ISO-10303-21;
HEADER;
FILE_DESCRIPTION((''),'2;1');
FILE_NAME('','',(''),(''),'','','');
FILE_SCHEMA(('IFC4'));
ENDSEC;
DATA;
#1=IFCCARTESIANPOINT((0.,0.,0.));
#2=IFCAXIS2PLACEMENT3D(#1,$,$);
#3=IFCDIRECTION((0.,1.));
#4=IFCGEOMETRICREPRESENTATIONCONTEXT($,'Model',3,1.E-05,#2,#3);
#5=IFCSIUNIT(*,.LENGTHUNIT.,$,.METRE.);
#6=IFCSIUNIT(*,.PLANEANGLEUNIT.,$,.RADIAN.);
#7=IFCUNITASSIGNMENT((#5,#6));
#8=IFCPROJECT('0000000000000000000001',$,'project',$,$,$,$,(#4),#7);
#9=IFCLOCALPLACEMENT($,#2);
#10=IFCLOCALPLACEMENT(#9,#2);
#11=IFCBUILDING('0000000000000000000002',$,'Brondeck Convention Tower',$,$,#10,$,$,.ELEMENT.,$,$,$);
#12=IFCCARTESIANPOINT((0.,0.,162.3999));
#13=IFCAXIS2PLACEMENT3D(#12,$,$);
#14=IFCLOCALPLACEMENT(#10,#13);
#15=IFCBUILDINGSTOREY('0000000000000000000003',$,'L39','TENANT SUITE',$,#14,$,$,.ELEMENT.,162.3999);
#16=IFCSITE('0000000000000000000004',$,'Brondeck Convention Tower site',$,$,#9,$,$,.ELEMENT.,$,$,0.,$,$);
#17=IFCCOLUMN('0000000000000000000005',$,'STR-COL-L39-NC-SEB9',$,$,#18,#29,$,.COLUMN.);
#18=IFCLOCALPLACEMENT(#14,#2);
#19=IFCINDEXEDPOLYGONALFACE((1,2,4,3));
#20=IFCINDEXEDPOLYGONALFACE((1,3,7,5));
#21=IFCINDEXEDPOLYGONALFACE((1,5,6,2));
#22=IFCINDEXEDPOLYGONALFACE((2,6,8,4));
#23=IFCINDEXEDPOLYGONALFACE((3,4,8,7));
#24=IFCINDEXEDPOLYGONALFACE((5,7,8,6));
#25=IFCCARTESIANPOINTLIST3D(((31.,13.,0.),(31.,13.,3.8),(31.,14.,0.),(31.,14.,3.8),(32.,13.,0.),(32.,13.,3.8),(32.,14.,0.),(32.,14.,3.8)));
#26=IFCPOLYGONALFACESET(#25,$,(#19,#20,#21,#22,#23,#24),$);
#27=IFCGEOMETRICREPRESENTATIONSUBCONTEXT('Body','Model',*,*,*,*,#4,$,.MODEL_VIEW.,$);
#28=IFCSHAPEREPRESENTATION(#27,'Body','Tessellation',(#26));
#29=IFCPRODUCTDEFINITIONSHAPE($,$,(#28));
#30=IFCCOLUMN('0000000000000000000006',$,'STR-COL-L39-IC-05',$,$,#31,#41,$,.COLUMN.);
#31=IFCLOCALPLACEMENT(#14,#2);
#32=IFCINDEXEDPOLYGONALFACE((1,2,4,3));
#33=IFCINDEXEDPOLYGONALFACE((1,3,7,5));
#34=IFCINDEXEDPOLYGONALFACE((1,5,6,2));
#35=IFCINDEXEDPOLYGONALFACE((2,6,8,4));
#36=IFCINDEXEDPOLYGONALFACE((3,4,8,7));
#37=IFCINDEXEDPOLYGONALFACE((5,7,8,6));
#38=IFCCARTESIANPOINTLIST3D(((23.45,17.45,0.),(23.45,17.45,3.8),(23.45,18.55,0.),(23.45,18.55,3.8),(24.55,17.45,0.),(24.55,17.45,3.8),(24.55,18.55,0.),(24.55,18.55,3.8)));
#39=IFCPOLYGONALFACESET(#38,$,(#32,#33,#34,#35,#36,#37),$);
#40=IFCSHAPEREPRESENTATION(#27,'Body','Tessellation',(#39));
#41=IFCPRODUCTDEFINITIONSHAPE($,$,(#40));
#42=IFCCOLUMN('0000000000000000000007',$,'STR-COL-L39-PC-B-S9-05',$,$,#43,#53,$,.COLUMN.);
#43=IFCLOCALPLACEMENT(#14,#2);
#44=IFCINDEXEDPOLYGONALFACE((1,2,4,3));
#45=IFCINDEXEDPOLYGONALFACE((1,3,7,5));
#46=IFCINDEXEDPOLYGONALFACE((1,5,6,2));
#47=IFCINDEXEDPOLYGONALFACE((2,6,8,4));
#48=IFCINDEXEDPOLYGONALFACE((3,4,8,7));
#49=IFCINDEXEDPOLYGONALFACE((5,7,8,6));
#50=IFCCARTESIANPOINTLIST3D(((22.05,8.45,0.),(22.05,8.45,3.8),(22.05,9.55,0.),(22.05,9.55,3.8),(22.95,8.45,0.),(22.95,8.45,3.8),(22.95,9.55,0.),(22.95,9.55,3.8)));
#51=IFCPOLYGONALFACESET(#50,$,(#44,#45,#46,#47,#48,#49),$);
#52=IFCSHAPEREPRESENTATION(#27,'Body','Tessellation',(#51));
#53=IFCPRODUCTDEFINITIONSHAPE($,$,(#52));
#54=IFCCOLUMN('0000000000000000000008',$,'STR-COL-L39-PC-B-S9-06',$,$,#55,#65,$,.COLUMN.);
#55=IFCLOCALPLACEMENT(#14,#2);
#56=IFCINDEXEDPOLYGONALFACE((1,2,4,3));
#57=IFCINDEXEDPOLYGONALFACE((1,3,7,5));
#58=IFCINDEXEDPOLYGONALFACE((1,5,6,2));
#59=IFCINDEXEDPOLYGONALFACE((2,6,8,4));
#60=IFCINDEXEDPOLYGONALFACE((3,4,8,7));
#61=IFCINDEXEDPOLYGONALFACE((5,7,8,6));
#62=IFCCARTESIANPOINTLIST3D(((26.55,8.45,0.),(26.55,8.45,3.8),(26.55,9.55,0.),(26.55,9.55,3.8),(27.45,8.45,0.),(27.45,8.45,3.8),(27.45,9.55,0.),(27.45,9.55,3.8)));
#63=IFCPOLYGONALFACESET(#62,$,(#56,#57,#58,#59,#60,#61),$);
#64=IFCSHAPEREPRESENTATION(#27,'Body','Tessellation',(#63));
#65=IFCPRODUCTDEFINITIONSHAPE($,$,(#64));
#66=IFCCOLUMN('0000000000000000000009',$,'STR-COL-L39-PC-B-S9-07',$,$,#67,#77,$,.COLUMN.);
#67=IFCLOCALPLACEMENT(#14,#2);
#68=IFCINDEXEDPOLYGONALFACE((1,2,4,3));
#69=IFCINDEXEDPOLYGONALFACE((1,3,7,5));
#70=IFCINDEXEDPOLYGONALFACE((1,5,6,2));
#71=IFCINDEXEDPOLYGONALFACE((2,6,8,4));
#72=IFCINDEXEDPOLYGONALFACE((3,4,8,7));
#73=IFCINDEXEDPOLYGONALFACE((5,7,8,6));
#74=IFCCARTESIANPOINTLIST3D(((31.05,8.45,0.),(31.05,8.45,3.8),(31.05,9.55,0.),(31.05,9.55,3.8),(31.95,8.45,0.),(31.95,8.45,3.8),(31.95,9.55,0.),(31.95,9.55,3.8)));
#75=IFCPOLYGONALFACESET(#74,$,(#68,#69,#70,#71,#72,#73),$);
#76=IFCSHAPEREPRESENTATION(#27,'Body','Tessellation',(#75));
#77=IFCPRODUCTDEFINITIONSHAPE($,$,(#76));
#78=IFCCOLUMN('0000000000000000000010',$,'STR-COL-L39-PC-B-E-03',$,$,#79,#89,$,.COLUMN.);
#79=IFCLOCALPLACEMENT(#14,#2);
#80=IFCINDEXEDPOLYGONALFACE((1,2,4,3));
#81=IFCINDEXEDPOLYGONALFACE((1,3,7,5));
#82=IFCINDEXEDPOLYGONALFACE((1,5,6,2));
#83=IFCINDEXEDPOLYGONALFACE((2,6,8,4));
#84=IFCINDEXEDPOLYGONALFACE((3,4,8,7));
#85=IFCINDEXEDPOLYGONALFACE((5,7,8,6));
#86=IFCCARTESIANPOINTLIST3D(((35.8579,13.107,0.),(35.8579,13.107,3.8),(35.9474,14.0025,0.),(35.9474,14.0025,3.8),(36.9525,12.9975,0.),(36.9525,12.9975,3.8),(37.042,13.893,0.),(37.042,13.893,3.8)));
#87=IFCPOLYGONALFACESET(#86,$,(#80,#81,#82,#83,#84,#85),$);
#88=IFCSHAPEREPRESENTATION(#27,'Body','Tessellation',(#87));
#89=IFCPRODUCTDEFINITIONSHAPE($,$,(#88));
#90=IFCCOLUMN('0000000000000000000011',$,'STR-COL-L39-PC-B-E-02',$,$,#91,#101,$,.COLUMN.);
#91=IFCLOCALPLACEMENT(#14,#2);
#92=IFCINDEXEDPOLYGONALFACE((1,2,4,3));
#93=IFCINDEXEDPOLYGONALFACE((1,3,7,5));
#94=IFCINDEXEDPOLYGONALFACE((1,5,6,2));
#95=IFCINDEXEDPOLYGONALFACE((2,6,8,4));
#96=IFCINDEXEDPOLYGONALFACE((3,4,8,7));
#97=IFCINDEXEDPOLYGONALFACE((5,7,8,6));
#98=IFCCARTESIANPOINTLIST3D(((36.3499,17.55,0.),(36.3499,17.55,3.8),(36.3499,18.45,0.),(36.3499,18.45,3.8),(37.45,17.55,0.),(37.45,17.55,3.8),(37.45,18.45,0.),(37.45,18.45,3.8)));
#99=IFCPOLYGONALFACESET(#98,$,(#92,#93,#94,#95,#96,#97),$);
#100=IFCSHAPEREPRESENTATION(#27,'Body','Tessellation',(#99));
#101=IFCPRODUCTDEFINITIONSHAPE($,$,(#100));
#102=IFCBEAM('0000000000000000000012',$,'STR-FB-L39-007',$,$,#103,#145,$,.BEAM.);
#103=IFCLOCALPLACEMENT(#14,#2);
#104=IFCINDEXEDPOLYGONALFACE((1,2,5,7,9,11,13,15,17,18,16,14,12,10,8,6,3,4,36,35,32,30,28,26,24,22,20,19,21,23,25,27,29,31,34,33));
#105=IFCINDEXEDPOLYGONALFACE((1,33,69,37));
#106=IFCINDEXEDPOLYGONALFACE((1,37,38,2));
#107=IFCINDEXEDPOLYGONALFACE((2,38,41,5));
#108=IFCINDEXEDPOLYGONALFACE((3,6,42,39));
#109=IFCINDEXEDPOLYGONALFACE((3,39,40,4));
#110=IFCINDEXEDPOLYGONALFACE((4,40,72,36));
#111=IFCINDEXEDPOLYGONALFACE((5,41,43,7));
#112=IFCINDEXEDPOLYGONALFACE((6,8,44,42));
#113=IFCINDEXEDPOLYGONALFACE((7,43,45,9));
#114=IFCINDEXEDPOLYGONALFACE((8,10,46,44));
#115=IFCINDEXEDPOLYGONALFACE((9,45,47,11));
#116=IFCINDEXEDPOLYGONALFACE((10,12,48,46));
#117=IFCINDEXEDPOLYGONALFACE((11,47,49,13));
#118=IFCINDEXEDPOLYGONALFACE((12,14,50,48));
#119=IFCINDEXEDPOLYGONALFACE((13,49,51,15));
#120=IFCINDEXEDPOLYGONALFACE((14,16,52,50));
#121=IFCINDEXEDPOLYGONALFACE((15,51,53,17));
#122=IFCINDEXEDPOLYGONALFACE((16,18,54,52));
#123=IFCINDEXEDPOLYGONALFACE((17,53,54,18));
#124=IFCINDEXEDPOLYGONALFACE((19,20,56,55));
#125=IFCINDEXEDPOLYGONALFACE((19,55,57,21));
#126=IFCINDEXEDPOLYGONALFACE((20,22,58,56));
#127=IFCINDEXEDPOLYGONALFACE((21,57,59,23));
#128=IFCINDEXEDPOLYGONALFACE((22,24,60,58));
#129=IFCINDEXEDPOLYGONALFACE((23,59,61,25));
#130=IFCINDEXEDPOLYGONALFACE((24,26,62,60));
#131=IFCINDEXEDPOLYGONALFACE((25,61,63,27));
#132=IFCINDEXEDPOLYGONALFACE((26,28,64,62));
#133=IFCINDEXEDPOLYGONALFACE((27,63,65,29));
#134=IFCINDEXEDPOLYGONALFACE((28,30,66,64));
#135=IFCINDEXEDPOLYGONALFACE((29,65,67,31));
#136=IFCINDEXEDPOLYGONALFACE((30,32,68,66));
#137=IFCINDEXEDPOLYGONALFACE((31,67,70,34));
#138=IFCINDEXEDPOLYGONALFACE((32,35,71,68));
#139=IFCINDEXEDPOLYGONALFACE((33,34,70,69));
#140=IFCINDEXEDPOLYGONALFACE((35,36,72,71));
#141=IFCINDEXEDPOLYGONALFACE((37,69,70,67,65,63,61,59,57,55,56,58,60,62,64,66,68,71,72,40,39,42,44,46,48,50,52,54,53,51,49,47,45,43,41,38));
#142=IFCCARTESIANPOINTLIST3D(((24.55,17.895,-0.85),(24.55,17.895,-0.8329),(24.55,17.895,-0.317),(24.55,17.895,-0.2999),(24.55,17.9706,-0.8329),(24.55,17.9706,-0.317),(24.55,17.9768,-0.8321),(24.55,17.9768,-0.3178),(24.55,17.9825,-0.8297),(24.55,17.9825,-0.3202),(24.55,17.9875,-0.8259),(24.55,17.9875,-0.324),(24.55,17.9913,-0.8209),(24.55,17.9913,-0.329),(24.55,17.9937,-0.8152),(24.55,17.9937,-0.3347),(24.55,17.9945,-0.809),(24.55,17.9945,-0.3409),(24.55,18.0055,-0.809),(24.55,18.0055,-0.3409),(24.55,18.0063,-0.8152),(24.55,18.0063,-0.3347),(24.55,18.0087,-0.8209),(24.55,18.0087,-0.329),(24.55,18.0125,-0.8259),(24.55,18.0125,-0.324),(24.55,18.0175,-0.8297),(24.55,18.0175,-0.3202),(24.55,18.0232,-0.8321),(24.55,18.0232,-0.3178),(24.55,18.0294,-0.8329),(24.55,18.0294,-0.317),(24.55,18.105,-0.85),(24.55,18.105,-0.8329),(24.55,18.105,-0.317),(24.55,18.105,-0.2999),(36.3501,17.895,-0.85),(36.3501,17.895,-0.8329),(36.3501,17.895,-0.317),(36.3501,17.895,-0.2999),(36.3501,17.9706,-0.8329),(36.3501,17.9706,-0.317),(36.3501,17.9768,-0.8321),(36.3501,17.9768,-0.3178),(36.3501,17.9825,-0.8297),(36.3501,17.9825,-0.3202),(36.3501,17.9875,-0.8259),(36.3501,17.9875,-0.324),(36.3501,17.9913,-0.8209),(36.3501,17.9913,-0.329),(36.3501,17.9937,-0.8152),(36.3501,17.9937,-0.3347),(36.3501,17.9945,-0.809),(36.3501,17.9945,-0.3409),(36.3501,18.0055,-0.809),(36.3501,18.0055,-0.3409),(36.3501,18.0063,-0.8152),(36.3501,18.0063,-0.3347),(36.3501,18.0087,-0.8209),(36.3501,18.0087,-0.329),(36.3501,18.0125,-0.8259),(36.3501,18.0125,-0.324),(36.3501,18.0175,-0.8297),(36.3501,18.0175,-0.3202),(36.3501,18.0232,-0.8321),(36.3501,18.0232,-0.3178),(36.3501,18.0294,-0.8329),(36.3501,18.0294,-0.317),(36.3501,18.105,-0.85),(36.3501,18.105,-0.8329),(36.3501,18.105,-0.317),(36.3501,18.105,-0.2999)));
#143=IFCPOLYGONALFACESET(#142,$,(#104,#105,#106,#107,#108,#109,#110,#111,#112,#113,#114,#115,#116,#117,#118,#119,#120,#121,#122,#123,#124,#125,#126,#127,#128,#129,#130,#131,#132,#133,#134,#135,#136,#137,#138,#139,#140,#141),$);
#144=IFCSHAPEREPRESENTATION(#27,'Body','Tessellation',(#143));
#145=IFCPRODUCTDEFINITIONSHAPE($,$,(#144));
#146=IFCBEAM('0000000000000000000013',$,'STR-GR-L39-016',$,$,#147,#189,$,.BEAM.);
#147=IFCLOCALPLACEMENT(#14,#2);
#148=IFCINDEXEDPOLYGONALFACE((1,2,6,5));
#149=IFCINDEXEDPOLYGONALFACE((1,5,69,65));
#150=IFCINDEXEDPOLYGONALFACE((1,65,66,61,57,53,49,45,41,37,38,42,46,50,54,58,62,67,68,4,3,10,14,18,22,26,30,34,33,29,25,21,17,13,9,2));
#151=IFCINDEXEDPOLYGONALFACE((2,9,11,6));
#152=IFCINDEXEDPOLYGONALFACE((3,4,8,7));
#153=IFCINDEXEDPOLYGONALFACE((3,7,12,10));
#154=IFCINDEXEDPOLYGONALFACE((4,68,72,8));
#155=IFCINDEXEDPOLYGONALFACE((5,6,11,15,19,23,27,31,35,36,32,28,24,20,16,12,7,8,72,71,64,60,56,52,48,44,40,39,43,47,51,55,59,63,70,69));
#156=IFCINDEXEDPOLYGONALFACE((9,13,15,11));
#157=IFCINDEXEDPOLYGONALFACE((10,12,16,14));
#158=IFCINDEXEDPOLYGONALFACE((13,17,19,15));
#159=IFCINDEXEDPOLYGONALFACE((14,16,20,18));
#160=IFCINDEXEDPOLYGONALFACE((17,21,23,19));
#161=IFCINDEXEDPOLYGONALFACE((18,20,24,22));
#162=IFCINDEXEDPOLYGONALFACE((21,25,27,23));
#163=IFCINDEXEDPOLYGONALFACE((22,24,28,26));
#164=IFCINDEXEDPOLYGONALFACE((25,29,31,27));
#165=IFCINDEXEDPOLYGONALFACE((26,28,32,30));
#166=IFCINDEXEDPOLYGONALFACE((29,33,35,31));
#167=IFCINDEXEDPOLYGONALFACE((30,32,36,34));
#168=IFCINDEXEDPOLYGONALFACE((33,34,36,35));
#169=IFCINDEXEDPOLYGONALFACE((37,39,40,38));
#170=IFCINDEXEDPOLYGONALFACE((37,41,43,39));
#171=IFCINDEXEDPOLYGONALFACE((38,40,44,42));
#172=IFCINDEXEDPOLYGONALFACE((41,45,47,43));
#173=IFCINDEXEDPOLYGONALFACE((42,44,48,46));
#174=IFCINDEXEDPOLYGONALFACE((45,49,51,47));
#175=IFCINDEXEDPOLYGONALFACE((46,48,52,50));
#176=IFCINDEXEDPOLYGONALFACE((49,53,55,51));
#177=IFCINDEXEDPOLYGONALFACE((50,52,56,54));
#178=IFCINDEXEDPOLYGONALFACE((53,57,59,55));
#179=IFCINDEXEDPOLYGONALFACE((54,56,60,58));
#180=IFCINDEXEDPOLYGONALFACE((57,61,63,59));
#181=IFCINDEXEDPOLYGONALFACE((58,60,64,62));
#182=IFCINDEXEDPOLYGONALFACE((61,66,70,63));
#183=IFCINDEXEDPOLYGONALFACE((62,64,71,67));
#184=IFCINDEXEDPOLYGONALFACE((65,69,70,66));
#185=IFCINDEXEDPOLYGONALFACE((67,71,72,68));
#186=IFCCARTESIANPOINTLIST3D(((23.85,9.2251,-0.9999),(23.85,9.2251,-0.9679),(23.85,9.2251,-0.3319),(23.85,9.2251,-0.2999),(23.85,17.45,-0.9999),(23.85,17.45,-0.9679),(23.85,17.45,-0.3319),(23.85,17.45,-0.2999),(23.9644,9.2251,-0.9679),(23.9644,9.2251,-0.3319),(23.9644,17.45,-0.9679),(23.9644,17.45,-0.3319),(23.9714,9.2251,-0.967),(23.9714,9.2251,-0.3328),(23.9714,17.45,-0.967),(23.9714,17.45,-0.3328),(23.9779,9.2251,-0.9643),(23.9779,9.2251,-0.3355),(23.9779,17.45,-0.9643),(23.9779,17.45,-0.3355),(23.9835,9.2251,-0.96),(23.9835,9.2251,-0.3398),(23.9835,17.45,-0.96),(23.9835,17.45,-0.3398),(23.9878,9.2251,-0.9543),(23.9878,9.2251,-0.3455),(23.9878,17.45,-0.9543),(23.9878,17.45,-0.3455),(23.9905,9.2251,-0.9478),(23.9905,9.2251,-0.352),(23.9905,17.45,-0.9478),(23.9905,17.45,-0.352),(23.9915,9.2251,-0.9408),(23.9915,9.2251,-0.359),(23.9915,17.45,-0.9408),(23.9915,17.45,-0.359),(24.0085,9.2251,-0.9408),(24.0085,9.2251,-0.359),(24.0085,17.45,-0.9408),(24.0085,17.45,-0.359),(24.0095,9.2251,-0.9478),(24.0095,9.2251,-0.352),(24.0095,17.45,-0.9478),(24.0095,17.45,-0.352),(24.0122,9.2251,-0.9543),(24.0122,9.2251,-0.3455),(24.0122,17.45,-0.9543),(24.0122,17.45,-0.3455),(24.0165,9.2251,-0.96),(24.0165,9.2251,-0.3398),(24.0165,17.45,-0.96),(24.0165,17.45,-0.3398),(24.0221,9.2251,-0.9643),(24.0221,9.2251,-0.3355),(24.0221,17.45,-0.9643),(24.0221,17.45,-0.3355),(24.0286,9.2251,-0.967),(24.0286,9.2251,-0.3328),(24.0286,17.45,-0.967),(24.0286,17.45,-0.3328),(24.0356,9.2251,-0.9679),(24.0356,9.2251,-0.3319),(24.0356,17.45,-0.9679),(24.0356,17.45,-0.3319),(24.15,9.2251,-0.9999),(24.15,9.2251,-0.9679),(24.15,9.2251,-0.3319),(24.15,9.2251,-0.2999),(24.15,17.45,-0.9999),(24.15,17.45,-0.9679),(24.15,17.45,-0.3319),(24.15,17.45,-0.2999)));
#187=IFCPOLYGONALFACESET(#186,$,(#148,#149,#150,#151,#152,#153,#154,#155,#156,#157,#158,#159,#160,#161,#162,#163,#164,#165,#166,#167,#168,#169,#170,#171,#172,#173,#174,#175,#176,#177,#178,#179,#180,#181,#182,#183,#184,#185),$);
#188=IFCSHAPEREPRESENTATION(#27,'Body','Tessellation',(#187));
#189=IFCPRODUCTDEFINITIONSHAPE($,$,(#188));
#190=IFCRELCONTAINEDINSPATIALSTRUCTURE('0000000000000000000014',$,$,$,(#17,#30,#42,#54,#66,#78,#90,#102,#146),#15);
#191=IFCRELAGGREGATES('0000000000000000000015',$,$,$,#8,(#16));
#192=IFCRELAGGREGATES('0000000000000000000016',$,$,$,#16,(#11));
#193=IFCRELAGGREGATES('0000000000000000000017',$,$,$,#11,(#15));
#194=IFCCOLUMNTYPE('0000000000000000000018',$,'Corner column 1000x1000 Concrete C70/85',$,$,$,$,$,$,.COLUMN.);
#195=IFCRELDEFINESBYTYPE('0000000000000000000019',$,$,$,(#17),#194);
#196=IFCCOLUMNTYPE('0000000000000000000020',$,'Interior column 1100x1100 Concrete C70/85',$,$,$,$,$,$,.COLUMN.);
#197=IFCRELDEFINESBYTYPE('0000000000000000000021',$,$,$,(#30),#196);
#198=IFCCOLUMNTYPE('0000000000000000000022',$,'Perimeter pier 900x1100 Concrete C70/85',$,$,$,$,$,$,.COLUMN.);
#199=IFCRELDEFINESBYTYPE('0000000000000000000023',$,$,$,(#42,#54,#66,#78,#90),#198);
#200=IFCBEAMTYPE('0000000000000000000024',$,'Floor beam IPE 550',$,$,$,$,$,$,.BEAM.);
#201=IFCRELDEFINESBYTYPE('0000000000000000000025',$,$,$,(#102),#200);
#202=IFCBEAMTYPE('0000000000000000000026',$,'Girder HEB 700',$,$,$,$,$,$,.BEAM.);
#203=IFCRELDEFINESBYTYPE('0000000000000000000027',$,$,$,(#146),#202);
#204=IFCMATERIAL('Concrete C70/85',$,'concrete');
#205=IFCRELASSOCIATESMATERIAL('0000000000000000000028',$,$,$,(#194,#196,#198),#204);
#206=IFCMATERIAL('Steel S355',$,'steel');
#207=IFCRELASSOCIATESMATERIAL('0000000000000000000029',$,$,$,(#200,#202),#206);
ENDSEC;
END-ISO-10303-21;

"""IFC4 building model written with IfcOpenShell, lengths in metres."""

from ifc_helpers import new_model, si_unit, direction, frame, origin, origin_2d, place, context, subcontext, project, spatial, rectangle, i_section, extrude, material, material_profile, profile_set, type_object, element, save


model = new_model("IFC4")

# Units and contexts
model_context = context("Model", 3, precision=1e-05, world=origin(), true_north=direction((0.0, 1.0)))
body_context = subcontext(model_context, "Body", "Model", "MODEL_VIEW")
ifc_project = project(units=[si_unit("LENGTHUNIT", "METRE"), si_unit("PLANEANGLEUNIT", "RADIAN")], contexts=[model_context])

# Site, building, storey
site_placement = place(None, origin())
site = spatial("IfcSite", under=ifc_project, at=site_placement, Name="Brondeck Convention Tower site", CompositionType="ELEMENT", RefElevation=0.0)
building_placement = place(site_placement, origin())
building = spatial("IfcBuilding", under=site, at=building_placement, Name="Brondeck Convention Tower", CompositionType="ELEMENT")
storey_placement = place(building_placement, frame((0.0, 0.0, 162.3999)))
storey = spatial("IfcBuildingStorey", under=building, at=storey_placement, Name="L39", Description="TENANT SUITE", CompositionType="ELEMENT", Elevation=162.3999)

# Columns
ifc_material_1 = material(Name="Concrete C70/85", Category="concrete")
ifc_material_profile_1 = material_profile(ifc_material_1, rectangle(XDim=1.0, YDim=1.0, at=origin_2d()), Name="Corner column 1000x1000 Concrete C70/85")
ifc_profile_set_1 = profile_set([ifc_material_profile_1], Name="Concrete C70/85")
column_type_1 = type_object("IfcColumnType", Name="Corner column 1000x1000 Concrete C70/85", PredefinedType="COLUMN", material=ifc_profile_set_1)
column_1_placement = place(storey_placement, frame((31.5, 13.5, 0.0), z_axis=(0.0, 0.0, 1.0), x_axis=(1.0, 0.0, 0.0)))
element("IfcColumn", 1, at=column_1_placement, inside=storey, type_object=column_type_1, Name="STR-COL-L39-NC-SEB9", PredefinedType="COLUMN", context=body_context, shape_type="SweptSolid", body=[
    extrude(rectangle(XDim=1.0, YDim=1.0, at=origin_2d()), origin(), (0.0, 0.0, 1.0), 3.8),
])
ifc_material_profile_2 = material_profile(ifc_material_1, rectangle(XDim=1.1001, YDim=1.1001, at=origin_2d()), Name="Interior column 1100x1100 Concrete C70/85")
ifc_profile_set_2 = profile_set([ifc_material_profile_2], Name="Concrete C70/85")
column_type_2 = type_object("IfcColumnType", Name="Interior column 1100x1100 Concrete C70/85", PredefinedType="COLUMN", material=ifc_profile_set_2)
column_2_placement = place(storey_placement, frame((24.0, 18.0, 0.0), z_axis=(0.0, 0.0, 1.0), x_axis=(1.0, 0.0, 0.0)))
element("IfcColumn", 2, at=column_2_placement, inside=storey, type_object=column_type_2, Name="STR-COL-L39-IC-05", PredefinedType="COLUMN", context=body_context, shape_type="SweptSolid", body=[
    extrude(rectangle(XDim=1.1001, YDim=1.1001, at=origin_2d()), origin(), (0.0, 0.0, 1.0), 3.8),
])
ifc_material_profile_3 = material_profile(ifc_material_1, rectangle(XDim=0.8999, YDim=1.1001, at=origin_2d()), Name="Perimeter pier 900x1100 Concrete C70/85")
ifc_profile_set_3 = profile_set([ifc_material_profile_3], Name="Concrete C70/85")
column_type_3 = type_object("IfcColumnType", Name="Perimeter pier 900x1100 Concrete C70/85", PredefinedType="COLUMN", material=ifc_profile_set_3)
for number, where, z_axis, x_axis, name in (
    (3, (22.5, 9.0, 0.0), (0.0, 0.0, 1.0), (1.0, 0.0, 0.0), "STR-COL-L39-PC-B-S9-05"),
    (4, (27.0, 9.0, 0.0), (0.0, 0.0, 1.0), (1.0, 0.0, 0.0), "STR-COL-L39-PC-B-S9-06"),
    (5, (31.5, 9.0, 0.0), (0.0, 0.0, 1.0), (1.0, 0.0, 0.0), "STR-COL-L39-PC-B-S9-07"),
    (6, (36.45, 13.5, 0.0), (0.0, 0.0, 1.0), (0.099504, 0.995037, 0.0), "STR-COL-L39-PC-B-E-03"),
    (7, (36.8999, 18.0, 0.0), (0.0, 0.0, 1.0), (0.0, 1.0, 0.0), "STR-COL-L39-PC-B-E-02"),
):
    element("IfcColumn", number, at=place(storey_placement, frame(where, z_axis=z_axis, x_axis=x_axis)), inside=storey, type_object=column_type_3, Name=name, PredefinedType="COLUMN", context=body_context, shape_type="SweptSolid", body=[
        extrude(rectangle(XDim=0.8999, YDim=1.1001, at=origin_2d()), origin(), (0.0, 0.0, 1.0), 3.8),
    ])

# Beams
ifc_material_2 = material(Name="Steel S355", Category="steel")
ifc_material_profile_4 = material_profile(ifc_material_2, i_section(OverallWidth=0.21, OverallDepth=0.55, WebThickness=0.011, FlangeThickness=0.0171, FilletRadius=0.0239, at=origin_2d()), Name="IPE 550")
ifc_profile_set_4 = profile_set([ifc_material_profile_4], Name="Steel S355")
beam_type_1 = type_object("IfcBeamType", Name="Floor beam IPE 550", PredefinedType="BEAM", material=ifc_profile_set_4)
beam_1_placement = place(storey_placement, frame((24.55, 18.0, -0.575), z_axis=(1.0, 0.0, 0.0), x_axis=(0.0, 1.0, 0.0)))
element("IfcBeam", 8, at=beam_1_placement, inside=storey, type_object=beam_type_1, Name="STR-FB-L39-007", PredefinedType="BEAM", context=body_context, shape_type="SweptSolid", body=[
    extrude(i_section(OverallWidth=0.21, OverallDepth=0.55, WebThickness=0.011, FlangeThickness=0.0171, FilletRadius=0.0239, at=origin_2d()), origin(), (0.0, 0.0, 1.0), 11.8),
])
ifc_material_profile_5 = material_profile(ifc_material_2, i_section(OverallWidth=0.3, OverallDepth=0.7, WebThickness=0.0171, FlangeThickness=0.032, FilletRadius=0.0271, at=origin_2d()), Name="HEB 700")
ifc_profile_set_5 = profile_set([ifc_material_profile_5], Name="Steel S355")
beam_type_2 = type_object("IfcBeamType", Name="Girder HEB 700", PredefinedType="BEAM", material=ifc_profile_set_5)
beam_2_placement = place(storey_placement, frame((24.0, 17.45, -0.6499), z_axis=(0.0, -1.0, 0.0), x_axis=(1.0, 0.0, 0.0)))
element("IfcBeam", 9, at=beam_2_placement, inside=storey, type_object=beam_type_2, Name="STR-GR-L39-016", PredefinedType="BEAM", context=body_context, shape_type="SweptSolid", body=[
    extrude(i_section(OverallWidth=0.3, OverallDepth=0.7, WebThickness=0.0171, FlangeThickness=0.032, FilletRadius=0.0271, at=origin_2d()), origin(), (0.0, 0.0, 1.0), 8.2249),
])

save(model, "model.ifc")
